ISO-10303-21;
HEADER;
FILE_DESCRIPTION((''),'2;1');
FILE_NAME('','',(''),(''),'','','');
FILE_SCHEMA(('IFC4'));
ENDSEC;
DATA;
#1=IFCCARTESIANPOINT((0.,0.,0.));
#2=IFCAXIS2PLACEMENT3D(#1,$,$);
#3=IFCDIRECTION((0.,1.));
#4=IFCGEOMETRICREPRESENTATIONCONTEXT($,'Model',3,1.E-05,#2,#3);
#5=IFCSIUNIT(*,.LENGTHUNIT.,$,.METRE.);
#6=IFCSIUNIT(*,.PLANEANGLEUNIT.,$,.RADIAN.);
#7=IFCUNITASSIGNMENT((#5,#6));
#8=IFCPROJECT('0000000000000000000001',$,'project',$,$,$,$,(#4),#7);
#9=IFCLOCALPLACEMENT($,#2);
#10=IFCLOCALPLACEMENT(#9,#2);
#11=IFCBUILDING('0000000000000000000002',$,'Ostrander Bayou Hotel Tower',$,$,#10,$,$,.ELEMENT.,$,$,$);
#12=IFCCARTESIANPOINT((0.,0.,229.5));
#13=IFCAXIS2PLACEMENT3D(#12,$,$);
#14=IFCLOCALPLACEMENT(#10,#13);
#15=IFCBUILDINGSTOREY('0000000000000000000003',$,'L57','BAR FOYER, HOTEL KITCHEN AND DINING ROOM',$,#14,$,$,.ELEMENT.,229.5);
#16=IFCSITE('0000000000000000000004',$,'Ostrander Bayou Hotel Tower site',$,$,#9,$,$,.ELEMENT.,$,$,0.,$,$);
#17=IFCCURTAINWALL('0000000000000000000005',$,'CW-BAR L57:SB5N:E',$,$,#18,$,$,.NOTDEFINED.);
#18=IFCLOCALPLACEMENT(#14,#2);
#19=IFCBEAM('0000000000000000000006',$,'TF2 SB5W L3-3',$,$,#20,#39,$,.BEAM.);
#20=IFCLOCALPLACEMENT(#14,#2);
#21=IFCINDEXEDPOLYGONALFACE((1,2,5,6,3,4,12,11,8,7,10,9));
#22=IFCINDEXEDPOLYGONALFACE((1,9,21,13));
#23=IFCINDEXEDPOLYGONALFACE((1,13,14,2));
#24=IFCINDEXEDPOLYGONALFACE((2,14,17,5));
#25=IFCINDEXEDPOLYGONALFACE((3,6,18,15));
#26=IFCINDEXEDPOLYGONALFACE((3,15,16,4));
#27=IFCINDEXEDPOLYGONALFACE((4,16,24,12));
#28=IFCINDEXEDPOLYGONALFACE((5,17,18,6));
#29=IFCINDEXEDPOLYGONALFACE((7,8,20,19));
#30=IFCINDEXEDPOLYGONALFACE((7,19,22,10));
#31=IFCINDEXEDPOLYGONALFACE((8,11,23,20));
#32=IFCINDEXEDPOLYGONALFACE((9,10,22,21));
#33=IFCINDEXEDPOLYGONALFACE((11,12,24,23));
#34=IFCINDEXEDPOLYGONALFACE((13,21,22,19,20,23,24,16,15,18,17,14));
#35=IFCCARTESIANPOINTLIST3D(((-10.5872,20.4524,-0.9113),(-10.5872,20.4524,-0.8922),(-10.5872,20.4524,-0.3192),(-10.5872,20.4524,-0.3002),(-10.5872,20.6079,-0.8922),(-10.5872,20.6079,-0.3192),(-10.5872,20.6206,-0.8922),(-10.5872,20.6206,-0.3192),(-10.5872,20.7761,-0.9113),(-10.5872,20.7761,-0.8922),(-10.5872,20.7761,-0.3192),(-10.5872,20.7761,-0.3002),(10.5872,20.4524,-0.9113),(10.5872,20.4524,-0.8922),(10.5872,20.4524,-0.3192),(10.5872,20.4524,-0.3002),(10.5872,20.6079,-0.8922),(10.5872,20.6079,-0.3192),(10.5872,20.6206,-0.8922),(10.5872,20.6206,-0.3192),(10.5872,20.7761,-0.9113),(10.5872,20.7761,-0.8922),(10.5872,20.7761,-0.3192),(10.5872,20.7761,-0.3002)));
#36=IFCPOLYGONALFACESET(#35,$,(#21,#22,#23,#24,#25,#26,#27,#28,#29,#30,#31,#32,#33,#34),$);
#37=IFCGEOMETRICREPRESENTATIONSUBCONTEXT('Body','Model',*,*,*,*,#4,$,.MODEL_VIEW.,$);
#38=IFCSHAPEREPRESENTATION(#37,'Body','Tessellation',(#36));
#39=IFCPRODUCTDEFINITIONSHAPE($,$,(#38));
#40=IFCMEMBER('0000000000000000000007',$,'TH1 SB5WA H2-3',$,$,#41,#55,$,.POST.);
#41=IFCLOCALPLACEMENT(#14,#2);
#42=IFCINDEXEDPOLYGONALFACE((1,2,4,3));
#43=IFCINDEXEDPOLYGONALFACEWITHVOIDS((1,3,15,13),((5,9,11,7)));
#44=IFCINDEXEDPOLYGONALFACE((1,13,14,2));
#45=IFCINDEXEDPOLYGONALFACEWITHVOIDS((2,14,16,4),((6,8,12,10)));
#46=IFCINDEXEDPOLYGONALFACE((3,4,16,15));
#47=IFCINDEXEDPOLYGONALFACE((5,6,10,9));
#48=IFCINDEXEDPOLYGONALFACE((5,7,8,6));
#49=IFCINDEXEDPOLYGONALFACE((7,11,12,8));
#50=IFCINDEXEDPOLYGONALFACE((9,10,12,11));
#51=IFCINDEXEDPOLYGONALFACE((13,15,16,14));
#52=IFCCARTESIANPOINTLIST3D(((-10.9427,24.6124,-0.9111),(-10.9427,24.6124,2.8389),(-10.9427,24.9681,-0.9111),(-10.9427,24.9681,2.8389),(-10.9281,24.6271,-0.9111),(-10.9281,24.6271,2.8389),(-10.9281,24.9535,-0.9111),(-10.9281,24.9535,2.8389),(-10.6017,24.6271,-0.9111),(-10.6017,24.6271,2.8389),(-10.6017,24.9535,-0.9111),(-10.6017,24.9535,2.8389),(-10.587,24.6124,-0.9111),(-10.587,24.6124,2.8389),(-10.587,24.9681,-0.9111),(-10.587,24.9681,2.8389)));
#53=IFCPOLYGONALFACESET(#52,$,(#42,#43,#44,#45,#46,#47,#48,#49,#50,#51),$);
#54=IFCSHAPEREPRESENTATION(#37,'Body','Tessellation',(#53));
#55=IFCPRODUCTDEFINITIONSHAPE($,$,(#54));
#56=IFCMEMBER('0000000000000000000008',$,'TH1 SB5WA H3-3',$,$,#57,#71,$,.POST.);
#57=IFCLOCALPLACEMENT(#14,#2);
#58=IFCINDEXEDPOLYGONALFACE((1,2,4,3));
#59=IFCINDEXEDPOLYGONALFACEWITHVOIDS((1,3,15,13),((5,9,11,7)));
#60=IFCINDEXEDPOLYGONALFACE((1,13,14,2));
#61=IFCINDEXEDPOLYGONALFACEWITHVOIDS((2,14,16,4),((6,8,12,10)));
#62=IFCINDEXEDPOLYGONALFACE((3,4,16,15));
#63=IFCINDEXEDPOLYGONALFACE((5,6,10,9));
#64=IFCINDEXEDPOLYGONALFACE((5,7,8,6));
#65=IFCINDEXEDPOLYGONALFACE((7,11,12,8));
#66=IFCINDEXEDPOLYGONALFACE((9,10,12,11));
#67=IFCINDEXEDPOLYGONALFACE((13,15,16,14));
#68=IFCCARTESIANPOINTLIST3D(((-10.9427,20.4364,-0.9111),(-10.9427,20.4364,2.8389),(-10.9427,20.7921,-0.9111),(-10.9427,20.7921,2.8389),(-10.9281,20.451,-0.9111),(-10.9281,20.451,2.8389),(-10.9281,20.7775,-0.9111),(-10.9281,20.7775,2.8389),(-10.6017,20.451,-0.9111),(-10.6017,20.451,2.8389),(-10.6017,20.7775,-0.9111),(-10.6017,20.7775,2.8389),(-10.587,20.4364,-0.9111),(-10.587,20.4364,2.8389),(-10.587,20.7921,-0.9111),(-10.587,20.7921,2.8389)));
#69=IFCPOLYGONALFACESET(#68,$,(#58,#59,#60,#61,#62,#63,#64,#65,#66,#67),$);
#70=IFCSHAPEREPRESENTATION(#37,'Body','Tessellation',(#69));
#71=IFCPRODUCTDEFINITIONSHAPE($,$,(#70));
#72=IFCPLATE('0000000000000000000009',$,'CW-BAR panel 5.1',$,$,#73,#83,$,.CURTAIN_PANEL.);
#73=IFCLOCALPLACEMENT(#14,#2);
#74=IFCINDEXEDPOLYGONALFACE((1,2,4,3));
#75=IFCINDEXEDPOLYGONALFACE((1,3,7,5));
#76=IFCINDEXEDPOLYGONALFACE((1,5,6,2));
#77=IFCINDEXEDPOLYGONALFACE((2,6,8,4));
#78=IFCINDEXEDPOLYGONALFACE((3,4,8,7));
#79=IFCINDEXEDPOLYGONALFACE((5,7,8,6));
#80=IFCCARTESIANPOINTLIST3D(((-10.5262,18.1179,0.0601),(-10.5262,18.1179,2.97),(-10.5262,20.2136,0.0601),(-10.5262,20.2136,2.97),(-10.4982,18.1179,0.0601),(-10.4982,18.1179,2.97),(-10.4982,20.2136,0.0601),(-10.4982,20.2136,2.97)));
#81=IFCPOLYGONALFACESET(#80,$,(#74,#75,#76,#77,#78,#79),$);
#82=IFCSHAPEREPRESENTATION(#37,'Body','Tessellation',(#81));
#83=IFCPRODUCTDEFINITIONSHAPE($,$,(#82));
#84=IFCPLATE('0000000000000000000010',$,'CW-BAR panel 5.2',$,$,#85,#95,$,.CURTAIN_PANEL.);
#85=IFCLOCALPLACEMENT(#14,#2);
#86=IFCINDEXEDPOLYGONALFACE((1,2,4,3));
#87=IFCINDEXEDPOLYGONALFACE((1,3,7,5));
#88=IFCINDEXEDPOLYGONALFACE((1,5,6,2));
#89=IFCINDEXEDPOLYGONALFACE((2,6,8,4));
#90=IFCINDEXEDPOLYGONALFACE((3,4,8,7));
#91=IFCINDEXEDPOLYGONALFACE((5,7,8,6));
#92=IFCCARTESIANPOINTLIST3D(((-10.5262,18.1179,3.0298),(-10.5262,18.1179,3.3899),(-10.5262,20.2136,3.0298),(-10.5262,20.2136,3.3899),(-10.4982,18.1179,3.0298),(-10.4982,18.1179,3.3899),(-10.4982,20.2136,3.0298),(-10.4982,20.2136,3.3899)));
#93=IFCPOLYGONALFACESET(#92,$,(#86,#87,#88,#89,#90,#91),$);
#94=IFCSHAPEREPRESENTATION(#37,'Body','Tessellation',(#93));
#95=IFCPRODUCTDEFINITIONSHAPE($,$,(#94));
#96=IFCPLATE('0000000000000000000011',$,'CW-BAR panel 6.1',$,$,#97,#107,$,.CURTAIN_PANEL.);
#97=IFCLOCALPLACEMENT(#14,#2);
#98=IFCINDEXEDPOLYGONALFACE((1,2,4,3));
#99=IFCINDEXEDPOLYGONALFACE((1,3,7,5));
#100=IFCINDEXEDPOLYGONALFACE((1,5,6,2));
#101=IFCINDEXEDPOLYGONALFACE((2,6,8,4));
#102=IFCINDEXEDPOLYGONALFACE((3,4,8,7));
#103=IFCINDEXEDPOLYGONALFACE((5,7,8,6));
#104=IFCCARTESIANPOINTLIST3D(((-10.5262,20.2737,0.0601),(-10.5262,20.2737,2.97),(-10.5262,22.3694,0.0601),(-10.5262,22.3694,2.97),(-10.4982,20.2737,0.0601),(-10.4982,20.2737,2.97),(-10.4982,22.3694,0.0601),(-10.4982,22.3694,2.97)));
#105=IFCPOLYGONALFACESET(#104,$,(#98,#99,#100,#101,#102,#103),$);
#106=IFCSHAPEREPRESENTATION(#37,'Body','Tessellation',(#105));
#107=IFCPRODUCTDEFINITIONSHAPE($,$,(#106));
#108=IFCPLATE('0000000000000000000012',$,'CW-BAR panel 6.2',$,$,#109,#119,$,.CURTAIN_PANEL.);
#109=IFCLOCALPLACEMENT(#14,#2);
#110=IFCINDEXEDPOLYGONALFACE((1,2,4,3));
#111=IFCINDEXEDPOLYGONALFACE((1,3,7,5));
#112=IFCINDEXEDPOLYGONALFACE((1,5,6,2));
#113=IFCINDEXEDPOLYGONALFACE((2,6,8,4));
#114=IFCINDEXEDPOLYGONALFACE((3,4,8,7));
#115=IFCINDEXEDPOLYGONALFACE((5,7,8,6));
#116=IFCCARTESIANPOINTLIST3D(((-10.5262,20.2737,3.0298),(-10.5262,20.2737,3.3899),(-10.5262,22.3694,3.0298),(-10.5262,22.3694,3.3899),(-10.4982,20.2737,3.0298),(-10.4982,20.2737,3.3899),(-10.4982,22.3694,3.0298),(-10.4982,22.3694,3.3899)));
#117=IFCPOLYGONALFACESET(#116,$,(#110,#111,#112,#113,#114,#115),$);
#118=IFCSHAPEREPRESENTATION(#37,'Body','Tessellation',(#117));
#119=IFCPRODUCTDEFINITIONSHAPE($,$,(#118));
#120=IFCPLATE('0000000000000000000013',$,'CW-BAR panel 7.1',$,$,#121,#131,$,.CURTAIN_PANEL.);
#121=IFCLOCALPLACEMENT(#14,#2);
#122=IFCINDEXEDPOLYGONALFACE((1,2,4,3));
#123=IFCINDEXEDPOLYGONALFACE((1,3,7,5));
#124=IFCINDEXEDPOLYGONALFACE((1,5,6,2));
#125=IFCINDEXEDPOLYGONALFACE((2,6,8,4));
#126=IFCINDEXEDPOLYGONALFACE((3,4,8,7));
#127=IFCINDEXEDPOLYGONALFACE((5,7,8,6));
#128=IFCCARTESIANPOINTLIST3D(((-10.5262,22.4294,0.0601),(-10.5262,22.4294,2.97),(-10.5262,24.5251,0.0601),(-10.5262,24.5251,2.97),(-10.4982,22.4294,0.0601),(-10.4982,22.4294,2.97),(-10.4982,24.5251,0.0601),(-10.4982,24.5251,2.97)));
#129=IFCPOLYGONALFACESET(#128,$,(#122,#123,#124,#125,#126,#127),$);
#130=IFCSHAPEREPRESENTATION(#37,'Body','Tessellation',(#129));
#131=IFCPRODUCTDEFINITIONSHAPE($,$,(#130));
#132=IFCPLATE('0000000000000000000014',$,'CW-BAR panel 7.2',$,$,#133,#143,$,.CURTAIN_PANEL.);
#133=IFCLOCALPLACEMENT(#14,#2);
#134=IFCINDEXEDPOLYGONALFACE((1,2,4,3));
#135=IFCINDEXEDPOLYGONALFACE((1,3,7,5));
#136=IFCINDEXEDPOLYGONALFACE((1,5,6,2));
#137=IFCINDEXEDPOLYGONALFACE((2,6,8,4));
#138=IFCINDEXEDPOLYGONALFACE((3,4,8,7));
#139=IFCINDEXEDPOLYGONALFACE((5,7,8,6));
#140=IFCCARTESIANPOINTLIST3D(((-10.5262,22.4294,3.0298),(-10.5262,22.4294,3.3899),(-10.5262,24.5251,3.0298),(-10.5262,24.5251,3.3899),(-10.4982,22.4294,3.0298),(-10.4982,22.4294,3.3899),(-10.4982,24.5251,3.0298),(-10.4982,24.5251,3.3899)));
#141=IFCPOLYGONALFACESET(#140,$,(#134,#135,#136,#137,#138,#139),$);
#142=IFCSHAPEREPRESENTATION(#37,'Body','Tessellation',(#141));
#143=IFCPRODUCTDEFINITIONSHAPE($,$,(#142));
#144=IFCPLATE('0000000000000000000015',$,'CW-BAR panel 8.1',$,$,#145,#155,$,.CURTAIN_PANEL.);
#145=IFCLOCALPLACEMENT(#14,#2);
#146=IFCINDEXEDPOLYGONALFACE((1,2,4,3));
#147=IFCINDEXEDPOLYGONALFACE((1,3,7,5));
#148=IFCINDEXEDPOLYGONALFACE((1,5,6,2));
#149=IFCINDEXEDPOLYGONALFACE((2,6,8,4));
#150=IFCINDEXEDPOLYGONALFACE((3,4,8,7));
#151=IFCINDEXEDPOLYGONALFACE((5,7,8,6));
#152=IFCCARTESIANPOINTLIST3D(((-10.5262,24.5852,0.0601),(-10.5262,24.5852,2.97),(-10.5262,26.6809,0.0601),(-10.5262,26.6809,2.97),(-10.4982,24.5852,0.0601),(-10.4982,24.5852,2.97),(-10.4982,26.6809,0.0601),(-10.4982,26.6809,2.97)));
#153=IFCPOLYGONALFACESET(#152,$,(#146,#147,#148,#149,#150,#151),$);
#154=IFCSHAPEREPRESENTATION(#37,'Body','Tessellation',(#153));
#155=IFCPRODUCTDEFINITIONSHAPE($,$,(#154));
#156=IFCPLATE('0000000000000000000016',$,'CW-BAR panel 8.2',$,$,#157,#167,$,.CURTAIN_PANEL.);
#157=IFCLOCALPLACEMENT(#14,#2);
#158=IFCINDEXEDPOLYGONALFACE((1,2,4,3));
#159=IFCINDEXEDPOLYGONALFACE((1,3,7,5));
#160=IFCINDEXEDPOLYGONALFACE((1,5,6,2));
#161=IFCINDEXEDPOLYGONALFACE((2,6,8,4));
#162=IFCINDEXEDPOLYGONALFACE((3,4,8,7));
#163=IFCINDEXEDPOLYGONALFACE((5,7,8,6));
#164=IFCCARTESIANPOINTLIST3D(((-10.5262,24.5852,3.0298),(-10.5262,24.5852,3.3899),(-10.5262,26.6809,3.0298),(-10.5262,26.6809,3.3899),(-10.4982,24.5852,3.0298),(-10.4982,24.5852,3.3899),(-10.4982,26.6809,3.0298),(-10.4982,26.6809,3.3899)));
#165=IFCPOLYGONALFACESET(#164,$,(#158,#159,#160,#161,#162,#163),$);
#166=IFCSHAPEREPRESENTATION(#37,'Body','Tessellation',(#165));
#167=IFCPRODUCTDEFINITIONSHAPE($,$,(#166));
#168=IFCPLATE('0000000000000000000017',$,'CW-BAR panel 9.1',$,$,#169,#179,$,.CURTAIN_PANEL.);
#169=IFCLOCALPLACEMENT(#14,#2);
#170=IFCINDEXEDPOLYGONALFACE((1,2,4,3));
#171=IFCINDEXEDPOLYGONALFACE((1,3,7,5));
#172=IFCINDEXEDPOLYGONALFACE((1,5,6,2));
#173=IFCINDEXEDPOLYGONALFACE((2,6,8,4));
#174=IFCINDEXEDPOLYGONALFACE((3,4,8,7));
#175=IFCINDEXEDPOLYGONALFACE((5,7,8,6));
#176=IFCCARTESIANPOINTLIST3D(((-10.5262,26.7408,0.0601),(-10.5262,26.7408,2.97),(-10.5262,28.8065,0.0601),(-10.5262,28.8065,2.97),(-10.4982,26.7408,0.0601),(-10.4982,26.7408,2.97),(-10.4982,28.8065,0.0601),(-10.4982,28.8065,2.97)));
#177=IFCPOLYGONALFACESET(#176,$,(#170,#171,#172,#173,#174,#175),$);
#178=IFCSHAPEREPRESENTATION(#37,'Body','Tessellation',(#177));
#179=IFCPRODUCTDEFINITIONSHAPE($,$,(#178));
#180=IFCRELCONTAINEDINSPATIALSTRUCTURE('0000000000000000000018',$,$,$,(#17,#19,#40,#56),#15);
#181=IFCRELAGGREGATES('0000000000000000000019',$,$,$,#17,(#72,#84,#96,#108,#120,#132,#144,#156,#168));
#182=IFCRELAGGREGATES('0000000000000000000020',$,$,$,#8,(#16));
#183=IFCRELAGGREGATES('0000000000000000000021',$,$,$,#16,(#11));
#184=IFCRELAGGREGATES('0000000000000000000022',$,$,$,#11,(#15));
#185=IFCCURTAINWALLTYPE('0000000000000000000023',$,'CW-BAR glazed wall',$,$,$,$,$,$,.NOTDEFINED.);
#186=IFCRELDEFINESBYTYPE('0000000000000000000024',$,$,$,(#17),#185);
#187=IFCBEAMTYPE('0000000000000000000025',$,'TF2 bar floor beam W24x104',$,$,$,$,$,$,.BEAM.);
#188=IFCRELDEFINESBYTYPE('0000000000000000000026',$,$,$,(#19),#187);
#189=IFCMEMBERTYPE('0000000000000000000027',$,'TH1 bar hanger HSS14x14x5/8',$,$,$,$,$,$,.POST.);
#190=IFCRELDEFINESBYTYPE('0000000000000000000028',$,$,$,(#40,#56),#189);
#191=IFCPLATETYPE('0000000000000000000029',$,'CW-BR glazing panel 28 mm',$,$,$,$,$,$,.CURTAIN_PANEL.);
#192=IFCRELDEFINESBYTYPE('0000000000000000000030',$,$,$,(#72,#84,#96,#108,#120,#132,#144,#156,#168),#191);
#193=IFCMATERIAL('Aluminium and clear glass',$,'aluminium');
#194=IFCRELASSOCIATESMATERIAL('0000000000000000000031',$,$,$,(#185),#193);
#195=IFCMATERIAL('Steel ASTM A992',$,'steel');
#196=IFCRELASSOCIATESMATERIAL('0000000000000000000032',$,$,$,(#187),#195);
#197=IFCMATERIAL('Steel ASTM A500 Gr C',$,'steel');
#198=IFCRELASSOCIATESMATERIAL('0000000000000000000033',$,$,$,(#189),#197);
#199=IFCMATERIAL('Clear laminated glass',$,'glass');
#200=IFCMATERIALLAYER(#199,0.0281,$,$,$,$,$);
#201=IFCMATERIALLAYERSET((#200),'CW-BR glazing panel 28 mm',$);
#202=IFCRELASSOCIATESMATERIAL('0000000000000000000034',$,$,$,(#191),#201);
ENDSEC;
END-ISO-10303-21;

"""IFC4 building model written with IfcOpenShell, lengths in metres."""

from ifc_helpers import new_model, si_unit, direction, frame, origin, origin_2d, place, context, subcontext, project, spatial, rectangle, hollow_rectangle, i_section, extrude, material, layer, layer_set, material_profile, profile_set, type_object, element, aggregate, save


model = new_model("IFC4")

# Units and contexts
model_context = context("Model", 3, precision=1e-05, world=origin(), true_north=direction((0.0, 1.0)))
body_context = subcontext(model_context, "Body", "Model", "MODEL_VIEW")
ifc_project = project(units=[si_unit("LENGTHUNIT", "METRE"), si_unit("PLANEANGLEUNIT", "RADIAN")], contexts=[model_context])

# Site, building, storey
site_placement = place(None, origin())
site = spatial("IfcSite", under=ifc_project, at=site_placement, Name="Ostrander Bayou Hotel Tower site", CompositionType="ELEMENT", RefElevation=0.0)
building_placement = place(site_placement, origin())
building = spatial("IfcBuilding", under=site, at=building_placement, Name="Ostrander Bayou Hotel Tower", CompositionType="ELEMENT")
storey_placement = place(building_placement, frame((0.0, 0.0, 229.5)))
storey = spatial("IfcBuildingStorey", under=building, at=storey_placement, Name="L57", Description="BAR FOYER, HOTEL KITCHEN AND DINING ROOM", CompositionType="ELEMENT", Elevation=229.5)

# Curtain wall
ifc_material_1 = material(Name="Aluminium and clear glass", Category="aluminium")
curtain_wall_type = type_object("IfcCurtainWallType", Name="CW-BAR glazed wall", PredefinedType="NOTDEFINED", material=ifc_material_1)
curtain_wall_placement = place(storey_placement, origin())
curtain_wall = element("IfcCurtainWall", 1, at=curtain_wall_placement, inside=storey, type_object=curtain_wall_type, Name="CW-BAR L57:SB5N:E", PredefinedType="NOTDEFINED")

# Beam
ifc_material_2 = material(Name="Steel ASTM A992", Category="steel")
ifc_material_profile_1 = material_profile(ifc_material_2, i_section(OverallWidth=0.3237, OverallDepth=0.6111, WebThickness=0.0127, FlangeThickness=0.019, at=origin_2d()))
ifc_profile_set_1 = profile_set([ifc_material_profile_1], Name="Steel ASTM A992")
beam_type = type_object("IfcBeamType", Name="TF2 bar floor beam W24x104", PredefinedType="BEAM", material=ifc_profile_set_1)
for number, where, z_axis, x_axis, name in (
    (2, (-10.5872, 20.6143, -0.6057), (1.0, 0.0, 0.0), (0.0, 1.0, 0.0), "TF2 SB5W L3-3"),
):
    element("IfcBeam", number, at=place(storey_placement, frame(where, z_axis=z_axis, x_axis=x_axis)), inside=storey, type_object=beam_type, Name=name, PredefinedType="BEAM", context=body_context, shape_type="SweptSolid", body=[
        extrude(i_section(OverallWidth=0.3237, OverallDepth=0.6111, WebThickness=0.0127, FlangeThickness=0.019, at=origin_2d()), origin(), (0.0, 0.0, 1.0), 21.1743),
    ])

# Members
ifc_material_3 = material(Name="Steel ASTM A500 Gr C", Category="steel")
ifc_material_profile_2 = material_profile(ifc_material_3, hollow_rectangle(XDim=0.3557, YDim=0.3557, WallThickness=0.0146, at=origin_2d()))
ifc_profile_set_2 = profile_set([ifc_material_profile_2], Name="Steel ASTM A500 Gr C")
member_type_1 = type_object("IfcMemberType", Name="TH1 bar hanger HSS14x14x5/8", PredefinedType="POST", material=ifc_profile_set_2)
for number, where, z_axis, x_axis, name in (
    (3, (-10.7649, 24.7903, -0.9111), (0.0, 0.0, 1.0), (1.0, 0.0, 0.0), "TH1 SB5WA H2-3"),
    (4, (-10.7649, 20.6143, -0.9111), (0.0, 0.0, 1.0), (1.0, 0.0, 0.0), "TH1 SB5WA H3-3"),
):
    element("IfcMember", number, at=place(storey_placement, frame(where, z_axis=z_axis, x_axis=x_axis)), inside=storey, type_object=member_type_1, Name=name, PredefinedType="POST", context=body_context, shape_type="SweptSolid", body=[
        extrude(hollow_rectangle(XDim=0.3557, YDim=0.3557, WallThickness=0.0146, at=origin_2d()), origin(), (0.0, 0.0, 1.0), 3.75),
    ])

# Plates
ifc_material_4 = material(Name="Clear laminated glass", Category="glass")
ifc_layer_1 = layer(ifc_material_4, 0.0281)
ifc_layer_set_1 = layer_set([ifc_layer_1], Name="CW-BR glazing panel 28 mm")
plate_type = type_object("IfcPlateType", Name="CW-BR glazing panel 28 mm", PredefinedType="CURTAIN_PANEL", material=ifc_layer_set_1)
plate_1_placement = place(storey_placement, frame((-10.5122, 19.1658, 0.0601), z_axis=(0.0, 0.0, 1.0), x_axis=(0.0, 1.0, 0.0)))
plate_1 = element("IfcPlate", 5, at=plate_1_placement, type_object=plate_type, Name="CW-BAR panel 5.1", PredefinedType="CURTAIN_PANEL", context=body_context, shape_type="SweptSolid", body=[
    extrude(rectangle(XDim=2.0957, YDim=0.0281, at=origin_2d()), origin(), (0.0, 0.0, 1.0), 2.9099),
])
plate_2_placement = place(storey_placement, frame((-10.5122, 19.1658, 3.0298), z_axis=(0.0, 0.0, 1.0), x_axis=(0.0, 1.0, 0.0)))
plate_2 = element("IfcPlate", 6, at=plate_2_placement, type_object=plate_type, Name="CW-BAR panel 5.2", PredefinedType="CURTAIN_PANEL", context=body_context, shape_type="SweptSolid", body=[
    extrude(rectangle(XDim=2.0957, YDim=0.0281, at=origin_2d()), origin(), (0.0, 0.0, 1.0), 0.3601),
])
plate_3_placement = place(storey_placement, frame((-10.5122, 21.3215, 0.0601), z_axis=(0.0, 0.0, 1.0), x_axis=(0.0, 1.0, 0.0)))
plate_3 = element("IfcPlate", 7, at=plate_3_placement, type_object=plate_type, Name="CW-BAR panel 6.1", PredefinedType="CURTAIN_PANEL", context=body_context, shape_type="SweptSolid", body=[
    extrude(rectangle(XDim=2.0957, YDim=0.0281, at=origin_2d()), origin(), (0.0, 0.0, 1.0), 2.9099),
])
plate_4_placement = place(storey_placement, frame((-10.5122, 21.3215, 3.0298), z_axis=(0.0, 0.0, 1.0), x_axis=(0.0, 1.0, 0.0)))
plate_4 = element("IfcPlate", 8, at=plate_4_placement, type_object=plate_type, Name="CW-BAR panel 6.2", PredefinedType="CURTAIN_PANEL", context=body_context, shape_type="SweptSolid", body=[
    extrude(rectangle(XDim=2.0957, YDim=0.0281, at=origin_2d()), origin(), (0.0, 0.0, 1.0), 0.3601),
])
plate_5_placement = place(storey_placement, frame((-10.5122, 23.4773, 0.0601), z_axis=(0.0, 0.0, 1.0), x_axis=(0.0, 1.0, 0.0)))
plate_5 = element("IfcPlate", 9, at=plate_5_placement, type_object=plate_type, Name="CW-BAR panel 7.1", PredefinedType="CURTAIN_PANEL", context=body_context, shape_type="SweptSolid", body=[
    extrude(rectangle(XDim=2.0957, YDim=0.0281, at=origin_2d()), origin(), (0.0, 0.0, 1.0), 2.9099),
])
plate_6_placement = place(storey_placement, frame((-10.5122, 23.4773, 3.0298), z_axis=(0.0, 0.0, 1.0), x_axis=(0.0, 1.0, 0.0)))
plate_6 = element("IfcPlate", 10, at=plate_6_placement, type_object=plate_type, Name="CW-BAR panel 7.2", PredefinedType="CURTAIN_PANEL", context=body_context, shape_type="SweptSolid", body=[
    extrude(rectangle(XDim=2.0957, YDim=0.0281, at=origin_2d()), origin(), (0.0, 0.0, 1.0), 0.3601),
])
plate_7_placement = place(storey_placement, frame((-10.5122, 25.6331, 0.0601), z_axis=(0.0, 0.0, 1.0), x_axis=(0.0, 1.0, 0.0)))
plate_7 = element("IfcPlate", 11, at=plate_7_placement, type_object=plate_type, Name="CW-BAR panel 8.1", PredefinedType="CURTAIN_PANEL", context=body_context, shape_type="SweptSolid", body=[
    extrude(rectangle(XDim=2.0957, YDim=0.0281, at=origin_2d()), origin(), (0.0, 0.0, 1.0), 2.9099),
])
plate_8_placement = place(storey_placement, frame((-10.5122, 25.6331, 3.0298), z_axis=(0.0, 0.0, 1.0), x_axis=(0.0, 1.0, 0.0)))
plate_8 = element("IfcPlate", 12, at=plate_8_placement, type_object=plate_type, Name="CW-BAR panel 8.2", PredefinedType="CURTAIN_PANEL", context=body_context, shape_type="SweptSolid", body=[
    extrude(rectangle(XDim=2.0957, YDim=0.0281, at=origin_2d()), origin(), (0.0, 0.0, 1.0), 0.3601),
])
plate_9_placement = place(storey_placement, frame((-10.5122, 27.7737, 0.0601), z_axis=(0.0, 0.0, 1.0), x_axis=(0.0, 1.0, 0.0)))
plate_9 = element("IfcPlate", 13, at=plate_9_placement, type_object=plate_type, Name="CW-BAR panel 9.1", PredefinedType="CURTAIN_PANEL", context=body_context, shape_type="SweptSolid", body=[
    extrude(rectangle(XDim=2.0657, YDim=0.0281, at=origin_2d()), origin(), (0.0, 0.0, 1.0), 2.9099),
])
aggregate(curtain_wall, [plate_1, plate_2, plate_3, plate_4, plate_5, plate_6, plate_7, plate_8, plate_9])

save(model, "model.ifc")
